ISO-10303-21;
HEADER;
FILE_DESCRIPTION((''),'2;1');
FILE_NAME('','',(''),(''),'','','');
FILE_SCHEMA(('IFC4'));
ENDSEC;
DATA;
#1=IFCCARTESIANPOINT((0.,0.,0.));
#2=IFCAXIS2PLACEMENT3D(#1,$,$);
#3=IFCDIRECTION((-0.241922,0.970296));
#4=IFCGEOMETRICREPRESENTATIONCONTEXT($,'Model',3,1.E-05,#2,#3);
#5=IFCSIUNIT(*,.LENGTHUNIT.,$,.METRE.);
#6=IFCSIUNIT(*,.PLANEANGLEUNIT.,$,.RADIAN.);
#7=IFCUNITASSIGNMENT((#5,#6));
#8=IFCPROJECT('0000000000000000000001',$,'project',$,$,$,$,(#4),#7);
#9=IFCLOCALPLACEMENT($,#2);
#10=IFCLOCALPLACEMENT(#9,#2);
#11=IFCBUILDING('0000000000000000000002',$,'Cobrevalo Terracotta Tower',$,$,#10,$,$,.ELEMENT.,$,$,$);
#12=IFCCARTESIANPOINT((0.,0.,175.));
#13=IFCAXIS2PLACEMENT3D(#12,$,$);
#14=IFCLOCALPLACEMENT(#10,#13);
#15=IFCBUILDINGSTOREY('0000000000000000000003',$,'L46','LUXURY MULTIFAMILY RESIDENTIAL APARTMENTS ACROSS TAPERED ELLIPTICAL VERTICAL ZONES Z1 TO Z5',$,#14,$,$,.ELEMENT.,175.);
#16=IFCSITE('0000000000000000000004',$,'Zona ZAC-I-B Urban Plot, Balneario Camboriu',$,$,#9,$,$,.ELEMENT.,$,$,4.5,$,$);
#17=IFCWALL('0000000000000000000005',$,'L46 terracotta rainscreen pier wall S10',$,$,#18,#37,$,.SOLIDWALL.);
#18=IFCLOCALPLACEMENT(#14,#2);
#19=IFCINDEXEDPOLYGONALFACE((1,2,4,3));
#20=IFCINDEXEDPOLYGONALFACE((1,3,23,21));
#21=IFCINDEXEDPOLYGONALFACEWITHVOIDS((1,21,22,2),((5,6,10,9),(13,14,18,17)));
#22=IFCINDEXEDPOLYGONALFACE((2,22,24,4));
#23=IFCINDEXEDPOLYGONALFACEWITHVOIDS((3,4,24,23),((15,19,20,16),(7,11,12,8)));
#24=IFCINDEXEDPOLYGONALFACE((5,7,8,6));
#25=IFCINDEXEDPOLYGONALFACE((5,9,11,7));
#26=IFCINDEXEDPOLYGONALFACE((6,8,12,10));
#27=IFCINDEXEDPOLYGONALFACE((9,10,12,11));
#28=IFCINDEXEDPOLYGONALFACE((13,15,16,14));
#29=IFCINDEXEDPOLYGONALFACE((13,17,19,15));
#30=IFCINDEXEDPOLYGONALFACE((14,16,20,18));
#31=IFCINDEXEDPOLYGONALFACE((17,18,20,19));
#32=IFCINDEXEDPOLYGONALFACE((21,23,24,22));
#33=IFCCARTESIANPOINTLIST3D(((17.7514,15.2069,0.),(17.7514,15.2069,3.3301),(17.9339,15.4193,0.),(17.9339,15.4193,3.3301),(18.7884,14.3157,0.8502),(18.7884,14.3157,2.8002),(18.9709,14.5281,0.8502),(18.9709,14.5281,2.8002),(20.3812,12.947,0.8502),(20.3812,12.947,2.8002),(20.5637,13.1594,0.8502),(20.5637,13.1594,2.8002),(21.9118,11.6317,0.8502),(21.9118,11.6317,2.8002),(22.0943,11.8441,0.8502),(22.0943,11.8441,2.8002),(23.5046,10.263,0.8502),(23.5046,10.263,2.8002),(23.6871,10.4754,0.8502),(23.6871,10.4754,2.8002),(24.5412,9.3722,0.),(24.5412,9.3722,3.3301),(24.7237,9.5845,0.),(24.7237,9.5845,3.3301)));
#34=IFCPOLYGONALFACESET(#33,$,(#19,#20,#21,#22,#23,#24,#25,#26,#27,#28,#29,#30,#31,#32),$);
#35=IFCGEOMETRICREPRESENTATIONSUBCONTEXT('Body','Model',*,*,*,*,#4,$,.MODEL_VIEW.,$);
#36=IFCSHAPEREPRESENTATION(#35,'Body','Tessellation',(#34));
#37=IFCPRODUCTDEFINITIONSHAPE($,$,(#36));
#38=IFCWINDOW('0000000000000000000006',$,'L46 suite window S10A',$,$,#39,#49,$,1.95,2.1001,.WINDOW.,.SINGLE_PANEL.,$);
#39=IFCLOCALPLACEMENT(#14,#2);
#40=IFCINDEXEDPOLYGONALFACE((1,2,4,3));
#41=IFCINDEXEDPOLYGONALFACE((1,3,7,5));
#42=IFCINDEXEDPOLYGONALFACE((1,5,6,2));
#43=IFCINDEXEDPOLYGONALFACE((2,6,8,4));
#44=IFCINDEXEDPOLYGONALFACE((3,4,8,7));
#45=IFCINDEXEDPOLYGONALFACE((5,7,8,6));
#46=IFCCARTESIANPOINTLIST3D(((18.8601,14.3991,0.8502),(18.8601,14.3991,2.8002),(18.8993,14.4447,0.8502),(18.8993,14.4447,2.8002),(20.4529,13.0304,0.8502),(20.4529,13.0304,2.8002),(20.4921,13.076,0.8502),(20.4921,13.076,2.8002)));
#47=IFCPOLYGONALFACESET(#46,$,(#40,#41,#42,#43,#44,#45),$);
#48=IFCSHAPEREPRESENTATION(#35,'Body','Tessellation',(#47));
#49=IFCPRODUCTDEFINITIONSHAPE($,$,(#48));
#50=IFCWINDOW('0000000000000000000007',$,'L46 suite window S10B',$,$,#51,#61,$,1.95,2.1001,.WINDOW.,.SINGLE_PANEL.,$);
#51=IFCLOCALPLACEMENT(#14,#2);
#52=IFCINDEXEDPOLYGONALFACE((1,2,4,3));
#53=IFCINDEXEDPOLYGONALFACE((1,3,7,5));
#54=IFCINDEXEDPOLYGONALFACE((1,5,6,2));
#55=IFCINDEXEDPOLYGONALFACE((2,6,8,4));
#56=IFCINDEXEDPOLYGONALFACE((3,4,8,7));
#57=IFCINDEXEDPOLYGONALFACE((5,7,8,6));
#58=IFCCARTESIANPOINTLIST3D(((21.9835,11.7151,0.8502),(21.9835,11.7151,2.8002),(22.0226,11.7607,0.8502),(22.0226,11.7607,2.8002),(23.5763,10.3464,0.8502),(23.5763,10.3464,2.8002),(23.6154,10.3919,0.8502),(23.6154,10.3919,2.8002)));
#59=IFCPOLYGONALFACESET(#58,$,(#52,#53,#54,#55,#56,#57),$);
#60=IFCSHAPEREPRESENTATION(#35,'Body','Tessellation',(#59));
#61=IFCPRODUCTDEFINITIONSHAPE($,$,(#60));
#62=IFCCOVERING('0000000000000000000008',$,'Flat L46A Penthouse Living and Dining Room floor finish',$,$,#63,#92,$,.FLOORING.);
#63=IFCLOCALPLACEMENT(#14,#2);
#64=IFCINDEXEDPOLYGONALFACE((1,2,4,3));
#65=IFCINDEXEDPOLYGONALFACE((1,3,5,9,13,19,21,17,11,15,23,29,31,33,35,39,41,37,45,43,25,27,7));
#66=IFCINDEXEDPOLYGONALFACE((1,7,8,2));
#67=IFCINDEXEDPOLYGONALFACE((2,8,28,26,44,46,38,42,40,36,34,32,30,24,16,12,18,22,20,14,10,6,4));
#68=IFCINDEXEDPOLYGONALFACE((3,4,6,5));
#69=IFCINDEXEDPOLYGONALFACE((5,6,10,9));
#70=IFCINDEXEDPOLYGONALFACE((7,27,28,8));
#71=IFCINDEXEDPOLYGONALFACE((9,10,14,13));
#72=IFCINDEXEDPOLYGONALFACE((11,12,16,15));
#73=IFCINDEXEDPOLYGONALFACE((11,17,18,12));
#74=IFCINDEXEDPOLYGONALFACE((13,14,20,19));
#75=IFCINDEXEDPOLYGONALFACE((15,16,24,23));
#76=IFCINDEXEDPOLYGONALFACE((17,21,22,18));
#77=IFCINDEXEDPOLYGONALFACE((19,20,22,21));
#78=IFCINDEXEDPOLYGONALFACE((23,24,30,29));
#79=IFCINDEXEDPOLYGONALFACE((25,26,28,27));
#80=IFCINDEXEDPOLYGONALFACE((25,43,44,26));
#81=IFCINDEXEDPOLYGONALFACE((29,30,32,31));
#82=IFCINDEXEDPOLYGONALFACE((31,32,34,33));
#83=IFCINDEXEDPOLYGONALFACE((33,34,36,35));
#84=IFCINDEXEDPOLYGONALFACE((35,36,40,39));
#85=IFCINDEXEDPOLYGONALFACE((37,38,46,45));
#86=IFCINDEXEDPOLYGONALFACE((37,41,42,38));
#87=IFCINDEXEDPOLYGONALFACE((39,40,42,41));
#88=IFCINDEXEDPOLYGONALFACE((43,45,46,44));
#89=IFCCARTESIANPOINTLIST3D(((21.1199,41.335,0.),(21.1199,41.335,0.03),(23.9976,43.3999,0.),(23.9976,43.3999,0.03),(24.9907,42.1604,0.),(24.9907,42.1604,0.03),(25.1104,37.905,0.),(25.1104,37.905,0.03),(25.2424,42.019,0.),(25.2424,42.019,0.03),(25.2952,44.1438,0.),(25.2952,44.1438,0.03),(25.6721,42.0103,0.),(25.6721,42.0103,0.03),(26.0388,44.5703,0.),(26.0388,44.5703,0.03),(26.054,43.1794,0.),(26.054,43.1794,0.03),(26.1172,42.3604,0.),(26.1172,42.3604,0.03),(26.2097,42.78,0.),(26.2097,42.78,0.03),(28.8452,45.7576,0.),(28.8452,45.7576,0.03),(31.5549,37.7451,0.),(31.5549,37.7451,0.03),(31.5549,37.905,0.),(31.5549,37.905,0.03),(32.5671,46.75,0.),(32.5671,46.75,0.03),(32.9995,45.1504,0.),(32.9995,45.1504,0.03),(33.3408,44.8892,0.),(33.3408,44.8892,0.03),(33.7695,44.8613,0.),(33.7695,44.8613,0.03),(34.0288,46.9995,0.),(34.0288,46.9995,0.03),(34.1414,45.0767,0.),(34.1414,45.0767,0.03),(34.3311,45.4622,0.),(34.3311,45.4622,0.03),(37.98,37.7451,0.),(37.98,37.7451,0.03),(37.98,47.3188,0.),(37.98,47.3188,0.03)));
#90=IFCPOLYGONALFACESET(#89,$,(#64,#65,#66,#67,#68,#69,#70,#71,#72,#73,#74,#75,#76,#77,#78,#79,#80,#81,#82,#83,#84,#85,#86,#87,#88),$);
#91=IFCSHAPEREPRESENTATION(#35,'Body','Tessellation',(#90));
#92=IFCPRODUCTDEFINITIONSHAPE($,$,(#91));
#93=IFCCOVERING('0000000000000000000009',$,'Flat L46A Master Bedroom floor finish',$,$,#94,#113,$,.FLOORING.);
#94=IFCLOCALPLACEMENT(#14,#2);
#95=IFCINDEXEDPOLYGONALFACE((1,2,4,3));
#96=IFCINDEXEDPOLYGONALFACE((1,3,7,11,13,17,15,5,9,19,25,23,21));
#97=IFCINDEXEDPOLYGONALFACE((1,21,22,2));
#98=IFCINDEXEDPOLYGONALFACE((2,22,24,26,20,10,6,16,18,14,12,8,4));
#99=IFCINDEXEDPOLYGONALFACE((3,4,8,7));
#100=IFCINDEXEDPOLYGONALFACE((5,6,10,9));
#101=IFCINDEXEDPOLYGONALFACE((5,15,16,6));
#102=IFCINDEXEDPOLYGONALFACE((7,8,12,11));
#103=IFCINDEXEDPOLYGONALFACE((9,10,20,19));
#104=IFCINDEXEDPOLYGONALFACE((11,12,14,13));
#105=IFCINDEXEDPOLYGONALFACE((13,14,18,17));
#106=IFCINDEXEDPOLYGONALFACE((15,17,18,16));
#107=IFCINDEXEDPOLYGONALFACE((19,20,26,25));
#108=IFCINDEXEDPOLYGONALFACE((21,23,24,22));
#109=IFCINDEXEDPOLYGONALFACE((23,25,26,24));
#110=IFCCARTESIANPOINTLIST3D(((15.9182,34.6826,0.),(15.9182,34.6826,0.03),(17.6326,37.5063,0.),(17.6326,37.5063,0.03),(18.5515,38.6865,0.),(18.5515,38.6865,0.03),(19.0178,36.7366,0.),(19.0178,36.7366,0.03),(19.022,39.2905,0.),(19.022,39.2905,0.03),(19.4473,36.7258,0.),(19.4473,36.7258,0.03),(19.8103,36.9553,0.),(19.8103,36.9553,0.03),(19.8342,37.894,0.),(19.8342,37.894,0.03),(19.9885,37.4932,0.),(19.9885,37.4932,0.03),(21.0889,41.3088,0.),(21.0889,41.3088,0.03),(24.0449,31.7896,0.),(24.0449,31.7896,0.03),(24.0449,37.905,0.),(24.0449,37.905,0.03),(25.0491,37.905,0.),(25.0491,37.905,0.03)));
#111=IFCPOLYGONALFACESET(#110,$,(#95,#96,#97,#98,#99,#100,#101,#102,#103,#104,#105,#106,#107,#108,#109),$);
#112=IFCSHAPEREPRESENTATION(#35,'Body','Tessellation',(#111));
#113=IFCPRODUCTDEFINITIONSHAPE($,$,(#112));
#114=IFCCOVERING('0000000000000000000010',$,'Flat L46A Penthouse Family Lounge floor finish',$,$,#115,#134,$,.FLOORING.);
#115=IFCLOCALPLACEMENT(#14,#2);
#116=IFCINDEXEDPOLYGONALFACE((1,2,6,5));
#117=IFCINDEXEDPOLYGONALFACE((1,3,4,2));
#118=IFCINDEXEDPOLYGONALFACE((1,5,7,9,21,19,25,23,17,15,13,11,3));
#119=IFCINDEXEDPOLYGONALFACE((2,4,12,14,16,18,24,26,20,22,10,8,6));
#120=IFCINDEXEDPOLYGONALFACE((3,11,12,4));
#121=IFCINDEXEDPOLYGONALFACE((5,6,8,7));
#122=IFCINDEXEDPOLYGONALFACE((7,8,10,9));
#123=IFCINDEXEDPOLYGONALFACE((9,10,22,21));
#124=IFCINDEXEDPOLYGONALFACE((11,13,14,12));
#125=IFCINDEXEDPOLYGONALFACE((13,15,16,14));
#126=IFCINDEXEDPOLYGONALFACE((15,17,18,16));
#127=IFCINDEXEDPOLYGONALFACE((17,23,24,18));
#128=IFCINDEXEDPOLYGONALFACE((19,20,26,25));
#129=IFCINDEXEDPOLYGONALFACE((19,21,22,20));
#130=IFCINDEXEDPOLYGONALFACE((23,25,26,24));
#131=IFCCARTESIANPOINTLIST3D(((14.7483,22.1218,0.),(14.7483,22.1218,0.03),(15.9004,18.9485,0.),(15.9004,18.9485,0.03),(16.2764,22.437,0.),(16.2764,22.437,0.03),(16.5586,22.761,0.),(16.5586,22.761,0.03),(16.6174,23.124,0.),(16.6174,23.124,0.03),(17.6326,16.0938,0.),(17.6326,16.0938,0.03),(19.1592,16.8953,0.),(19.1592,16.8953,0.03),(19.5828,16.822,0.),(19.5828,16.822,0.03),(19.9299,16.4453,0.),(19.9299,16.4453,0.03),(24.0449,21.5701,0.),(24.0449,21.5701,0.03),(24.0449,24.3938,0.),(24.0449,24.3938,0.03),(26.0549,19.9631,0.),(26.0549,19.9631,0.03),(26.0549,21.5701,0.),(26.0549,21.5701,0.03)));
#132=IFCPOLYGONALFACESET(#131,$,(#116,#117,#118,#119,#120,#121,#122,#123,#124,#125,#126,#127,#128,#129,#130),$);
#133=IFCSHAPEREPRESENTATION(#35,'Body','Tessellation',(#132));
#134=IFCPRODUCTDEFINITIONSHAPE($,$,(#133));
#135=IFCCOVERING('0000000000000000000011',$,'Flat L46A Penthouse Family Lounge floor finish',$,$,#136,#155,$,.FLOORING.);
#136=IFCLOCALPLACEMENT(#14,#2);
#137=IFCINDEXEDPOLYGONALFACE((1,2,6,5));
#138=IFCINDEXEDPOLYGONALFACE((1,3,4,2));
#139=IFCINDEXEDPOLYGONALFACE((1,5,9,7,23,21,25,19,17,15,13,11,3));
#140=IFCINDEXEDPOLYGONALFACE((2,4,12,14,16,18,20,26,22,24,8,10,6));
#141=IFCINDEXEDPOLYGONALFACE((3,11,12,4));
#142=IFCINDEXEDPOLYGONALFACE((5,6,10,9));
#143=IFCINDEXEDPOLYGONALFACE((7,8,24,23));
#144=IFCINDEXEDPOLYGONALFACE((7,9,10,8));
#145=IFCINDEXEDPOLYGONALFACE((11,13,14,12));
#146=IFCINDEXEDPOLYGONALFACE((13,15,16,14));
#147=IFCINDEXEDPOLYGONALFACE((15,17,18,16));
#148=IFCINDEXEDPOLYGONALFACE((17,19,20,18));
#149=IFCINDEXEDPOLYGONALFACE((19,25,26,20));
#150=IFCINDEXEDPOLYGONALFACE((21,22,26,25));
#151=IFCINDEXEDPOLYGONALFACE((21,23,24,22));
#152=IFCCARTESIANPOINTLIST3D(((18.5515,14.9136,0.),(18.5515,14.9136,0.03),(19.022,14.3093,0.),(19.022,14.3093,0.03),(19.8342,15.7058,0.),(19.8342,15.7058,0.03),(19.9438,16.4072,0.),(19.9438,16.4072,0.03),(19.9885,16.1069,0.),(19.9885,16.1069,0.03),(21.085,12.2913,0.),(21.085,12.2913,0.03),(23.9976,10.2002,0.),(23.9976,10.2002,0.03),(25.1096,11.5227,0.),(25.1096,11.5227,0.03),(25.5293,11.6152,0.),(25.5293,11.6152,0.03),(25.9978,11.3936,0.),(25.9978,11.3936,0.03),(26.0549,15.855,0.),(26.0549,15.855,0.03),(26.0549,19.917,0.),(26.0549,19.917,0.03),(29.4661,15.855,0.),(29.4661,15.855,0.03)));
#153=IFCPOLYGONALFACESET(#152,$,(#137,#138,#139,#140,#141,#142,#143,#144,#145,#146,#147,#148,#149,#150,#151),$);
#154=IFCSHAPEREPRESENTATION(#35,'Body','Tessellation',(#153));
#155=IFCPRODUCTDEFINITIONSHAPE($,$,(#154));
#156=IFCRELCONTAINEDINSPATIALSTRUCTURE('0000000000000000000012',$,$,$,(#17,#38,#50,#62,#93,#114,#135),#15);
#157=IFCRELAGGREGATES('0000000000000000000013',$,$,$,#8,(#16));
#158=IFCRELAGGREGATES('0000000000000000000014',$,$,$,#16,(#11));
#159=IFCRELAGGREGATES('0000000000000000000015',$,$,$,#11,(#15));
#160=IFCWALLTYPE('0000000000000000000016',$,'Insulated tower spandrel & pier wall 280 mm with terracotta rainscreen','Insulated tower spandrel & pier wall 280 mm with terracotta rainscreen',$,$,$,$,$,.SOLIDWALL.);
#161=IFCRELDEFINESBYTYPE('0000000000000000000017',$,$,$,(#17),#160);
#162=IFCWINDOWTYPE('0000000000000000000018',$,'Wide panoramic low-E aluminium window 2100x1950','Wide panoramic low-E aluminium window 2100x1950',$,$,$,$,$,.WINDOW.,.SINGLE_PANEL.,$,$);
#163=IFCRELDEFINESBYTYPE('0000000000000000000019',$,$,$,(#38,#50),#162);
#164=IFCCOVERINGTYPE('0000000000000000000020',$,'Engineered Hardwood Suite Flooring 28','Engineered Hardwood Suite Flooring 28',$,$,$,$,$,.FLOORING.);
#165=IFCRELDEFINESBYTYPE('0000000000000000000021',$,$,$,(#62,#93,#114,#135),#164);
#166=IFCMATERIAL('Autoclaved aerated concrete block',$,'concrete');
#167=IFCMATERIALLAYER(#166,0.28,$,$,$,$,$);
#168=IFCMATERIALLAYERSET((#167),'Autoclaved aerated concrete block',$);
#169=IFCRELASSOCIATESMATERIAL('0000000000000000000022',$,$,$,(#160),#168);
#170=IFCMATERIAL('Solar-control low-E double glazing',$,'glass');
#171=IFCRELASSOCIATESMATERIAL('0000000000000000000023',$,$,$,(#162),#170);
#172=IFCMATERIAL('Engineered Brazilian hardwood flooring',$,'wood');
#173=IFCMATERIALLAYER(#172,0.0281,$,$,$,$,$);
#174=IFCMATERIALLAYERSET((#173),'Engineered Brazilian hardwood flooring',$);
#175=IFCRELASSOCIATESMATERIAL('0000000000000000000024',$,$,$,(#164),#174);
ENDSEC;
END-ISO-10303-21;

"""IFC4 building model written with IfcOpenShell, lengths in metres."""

from ifc_helpers import new_model, si_unit, direction, frame, frame_2d, origin, place, context, subcontext, project, spatial, polyline, rectangle, outline, extrude, source, transform, mapped, material, layer, layer_set, type_object, element, fill, save


model = new_model("IFC4")

# Units and contexts
model_context = context("Model", 3, precision=1e-05, world=origin(), true_north=direction((-0.241922, 0.970296)))
body_context = subcontext(model_context, "Body", "Model", "MODEL_VIEW")
ifc_project = project(units=[si_unit("LENGTHUNIT", "METRE"), si_unit("PLANEANGLEUNIT", "RADIAN")], contexts=[model_context])

# Site, building, storey
site_placement = place(None, origin())
site = spatial("IfcSite", under=ifc_project, at=site_placement, Name="Zona ZAC-I-B Urban Plot, Balneario Camboriu", CompositionType="ELEMENT", RefElevation=4.5)
building_placement = place(site_placement, origin())
building = spatial("IfcBuilding", under=site, at=building_placement, Name="Cobrevalo Terracotta Tower", CompositionType="ELEMENT")
storey_placement = place(building_placement, frame((0.0, 0.0, 175.0)))
storey = spatial("IfcBuildingStorey", under=building, at=storey_placement, Name="L46", Description="LUXURY MULTIFAMILY RESIDENTIAL APARTMENTS ACROSS TAPERED ELLIPTICAL VERTICAL ZONES Z1 TO Z5", CompositionType="ELEMENT", Elevation=175.0)

# Shared definitions
ifc_material_1 = material(Name="Solar-control low-E double glazing", Category="glass")

# Wall, openings, windows
ifc_material_2 = material(Name="Autoclaved aerated concrete block", Category="concrete")
ifc_layer_1 = layer(ifc_material_2, 0.28)
ifc_layer_set_1 = layer_set([ifc_layer_1], Name="Autoclaved aerated concrete block")
wall_type = type_object("IfcWallType", Name="Insulated tower spandrel & pier wall 280 mm with terracotta rainscreen", Description="Insulated tower spandrel & pier wall 280 mm with terracotta rainscreen", PredefinedType="SOLIDWALL", material=ifc_layer_set_1)
wall_placement = place(storey_placement, frame((17.8428, 15.313, 0.0), z_axis=(0.0, 0.0, 1.0), x_axis=(0.758434, -0.65175, 0.0)))
wall = element("IfcWall", 1, at=wall_placement, inside=storey, type_object=wall_type, Name="L46 terracotta rainscreen pier wall S10", PredefinedType="SOLIDWALL", context=body_context, shape_type="SweptSolid", body=[
    extrude(rectangle(XDim=8.9524, YDim=0.28, at=frame_2d((4.4761, 0.0))), origin(), (0.0, 0.0, 1.0), 3.3301),
])
opening_1_placement = place(wall_placement, frame((1.3672, 0.0, 0.8501)))
opening_1 = element("IfcOpeningElement", 2, at=opening_1_placement, cuts=wall, PredefinedType="OPENING", context=body_context, shape_type="SweptSolid", body=[
    extrude(rectangle(XDim=2.1001, YDim=1.95, at=frame_2d((1.05, 0.9751))), frame((0.0, 0.1499, 0.0), z_axis=(0.0, -1.0, 0.0), x_axis=(1.0, 0.0, 0.0)), (0.0, 0.0, 1.0), 0.3),
])
opening_2_placement = place(wall_placement, frame((5.4854, 0.0, 0.8501)))
opening_2 = element("IfcOpeningElement", 3, at=opening_2_placement, cuts=wall, PredefinedType="OPENING", context=body_context, shape_type="SweptSolid", body=[
    extrude(rectangle(XDim=2.1001, YDim=1.95, at=frame_2d((1.05, 0.9751))), frame((0.0, 0.1499, 0.0), z_axis=(0.0, -1.0, 0.0), x_axis=(1.0, 0.0, 0.0)), (0.0, 0.0, 1.0), 0.3),
])
window_type = type_object("IfcWindowType", Name="Wide panoramic low-E aluminium window 2100x1950", Description="Wide panoramic low-E aluminium window 2100x1950", PartitioningType="SINGLE_PANEL", PredefinedType="WINDOW", material=ifc_material_1)
shared_shape_1 = source(origin(), body_context, "Body", "SweptSolid", [
    extrude(rectangle(XDim=2.1001, YDim=1.95, at=frame_2d((1.05, 0.9751))), frame((0.0, 0.03, 0.0), z_axis=(0.0, -1.0, 0.0), x_axis=(1.0, 0.0, 0.0)), (0.0, 0.0, 1.0), 0.0601),
])
window_1_placement = place(opening_1_placement, origin())
window_1 = element("IfcWindow", 4, at=window_1_placement, inside=storey, type_object=window_type, Name="L46 suite window S10A", OverallHeight=1.95, OverallWidth=2.1001, PartitioningType="SINGLE_PANEL", PredefinedType="WINDOW", context=body_context, shape_type="MappedRepresentation", body=[
    mapped(shared_shape_1, transform((0.0, 0.0, 0.0), scale=1.0)),
])
fill(opening_1, window_1)
window_2_placement = place(opening_2_placement, origin())
window_2 = element("IfcWindow", 5, at=window_2_placement, inside=storey, type_object=window_type, Name="L46 suite window S10B", OverallHeight=1.95, OverallWidth=2.1001, PartitioningType="SINGLE_PANEL", PredefinedType="WINDOW", context=body_context, shape_type="MappedRepresentation", body=[
    mapped(shared_shape_1, transform((0.0, 0.0, 0.0), scale=1.0)),
])
fill(opening_2, window_2)

# Coverings
ifc_material_3 = material(Name="Engineered Brazilian hardwood flooring", Category="wood")
ifc_layer_2 = layer(ifc_material_3, 0.0281)
ifc_layer_set_2 = layer_set([ifc_layer_2], Name="Engineered Brazilian hardwood flooring")
covering_type_1 = type_object("IfcCoveringType", Name="Engineered Hardwood Suite Flooring 28", Description="Engineered Hardwood Suite Flooring 28", PredefinedType="FLOORING", material=ifc_layer_set_2)
covering_1_placement = place(storey_placement, origin())
element("IfcCovering", 6, at=covering_1_placement, inside=storey, type_object=covering_type_1, Name="Flat L46A Penthouse Living and Dining Room floor finish", PredefinedType="FLOORING", context=body_context, shape_type="SweptSolid", body=[
    extrude(outline(polyline([(23.9976, 43.3999), (24.9907, 42.1604), (25.2424, 42.019), (25.6721, 42.0103), (26.1172, 42.3604), (26.2097, 42.78), (26.054, 43.1794), (25.2952, 44.1438), (26.0388, 44.5703), (28.8452, 45.7576), (32.5671, 46.75), (32.9995, 45.1504), (33.3408, 44.8892), (33.7695, 44.8613), (34.1414, 45.0767), (34.3311, 45.4622), (34.0288, 46.9995), (37.98, 47.3188), (37.98, 37.7451), (31.5549, 37.7451), (31.5549, 37.905), (25.1104, 37.905), (21.1199, 41.335), (23.9976, 43.3999)])), origin(), (0.0, 0.0, 1.0), 0.03),
])
covering_2_placement = place(storey_placement, origin())
element("IfcCovering", 7, at=covering_2_placement, inside=storey, type_object=covering_type_1, Name="Flat L46A Master Bedroom floor finish", PredefinedType="FLOORING", context=body_context, shape_type="SweptSolid", body=[
    extrude(outline(polyline([(17.6326, 37.5063), (19.0178, 36.7366), (19.4473, 36.7258), (19.8103, 36.9553), (19.9885, 37.4932), (19.8342, 37.894), (18.5515, 38.6865), (19.022, 39.2905), (21.0889, 41.3088), (25.0491, 37.905), (24.0449, 37.905), (24.0449, 31.7896), (15.9182, 34.6826), (17.6326, 37.5063)])), origin(), (0.0, 0.0, 1.0), 0.03),
])
covering_3_placement = place(storey_placement, origin())
element("IfcCovering", 8, at=covering_3_placement, inside=storey, type_object=covering_type_1, Name="Flat L46A Penthouse Family Lounge floor finish", PredefinedType="FLOORING", context=body_context, shape_type="SweptSolid", body=[
    extrude(outline(polyline([(15.9004, 18.9485), (14.7483, 22.1218), (16.2764, 22.437), (16.5586, 22.761), (16.6174, 23.124), (24.0449, 24.3938), (24.0449, 21.5701), (26.0549, 21.5701), (26.0549, 19.9631), (19.9299, 16.4453), (19.5828, 16.822), (19.1592, 16.8953), (17.6326, 16.0938), (15.9004, 18.9485)])), origin(), (0.0, 0.0, 1.0), 0.03),
])
covering_4_placement = place(storey_placement, origin())
element("IfcCovering", 9, at=covering_4_placement, inside=storey, type_object=covering_type_1, Name="Flat L46A Penthouse Family Lounge floor finish", PredefinedType="FLOORING", context=body_context, shape_type="SweptSolid", body=[
    extrude(outline(polyline([(21.085, 12.2913), (19.022, 14.3093), (18.5515, 14.9136), (19.8342, 15.7058), (19.9885, 16.1069), (19.9438, 16.4072), (26.0549, 19.917), (26.0549, 15.855), (29.4661, 15.855), (25.9978, 11.3936), (25.5293, 11.6152), (25.1096, 11.5227), (23.9976, 10.2002), (21.085, 12.2913)])), origin(), (0.0, 0.0, 1.0), 0.03),
])

save(model, "model.ifc")
